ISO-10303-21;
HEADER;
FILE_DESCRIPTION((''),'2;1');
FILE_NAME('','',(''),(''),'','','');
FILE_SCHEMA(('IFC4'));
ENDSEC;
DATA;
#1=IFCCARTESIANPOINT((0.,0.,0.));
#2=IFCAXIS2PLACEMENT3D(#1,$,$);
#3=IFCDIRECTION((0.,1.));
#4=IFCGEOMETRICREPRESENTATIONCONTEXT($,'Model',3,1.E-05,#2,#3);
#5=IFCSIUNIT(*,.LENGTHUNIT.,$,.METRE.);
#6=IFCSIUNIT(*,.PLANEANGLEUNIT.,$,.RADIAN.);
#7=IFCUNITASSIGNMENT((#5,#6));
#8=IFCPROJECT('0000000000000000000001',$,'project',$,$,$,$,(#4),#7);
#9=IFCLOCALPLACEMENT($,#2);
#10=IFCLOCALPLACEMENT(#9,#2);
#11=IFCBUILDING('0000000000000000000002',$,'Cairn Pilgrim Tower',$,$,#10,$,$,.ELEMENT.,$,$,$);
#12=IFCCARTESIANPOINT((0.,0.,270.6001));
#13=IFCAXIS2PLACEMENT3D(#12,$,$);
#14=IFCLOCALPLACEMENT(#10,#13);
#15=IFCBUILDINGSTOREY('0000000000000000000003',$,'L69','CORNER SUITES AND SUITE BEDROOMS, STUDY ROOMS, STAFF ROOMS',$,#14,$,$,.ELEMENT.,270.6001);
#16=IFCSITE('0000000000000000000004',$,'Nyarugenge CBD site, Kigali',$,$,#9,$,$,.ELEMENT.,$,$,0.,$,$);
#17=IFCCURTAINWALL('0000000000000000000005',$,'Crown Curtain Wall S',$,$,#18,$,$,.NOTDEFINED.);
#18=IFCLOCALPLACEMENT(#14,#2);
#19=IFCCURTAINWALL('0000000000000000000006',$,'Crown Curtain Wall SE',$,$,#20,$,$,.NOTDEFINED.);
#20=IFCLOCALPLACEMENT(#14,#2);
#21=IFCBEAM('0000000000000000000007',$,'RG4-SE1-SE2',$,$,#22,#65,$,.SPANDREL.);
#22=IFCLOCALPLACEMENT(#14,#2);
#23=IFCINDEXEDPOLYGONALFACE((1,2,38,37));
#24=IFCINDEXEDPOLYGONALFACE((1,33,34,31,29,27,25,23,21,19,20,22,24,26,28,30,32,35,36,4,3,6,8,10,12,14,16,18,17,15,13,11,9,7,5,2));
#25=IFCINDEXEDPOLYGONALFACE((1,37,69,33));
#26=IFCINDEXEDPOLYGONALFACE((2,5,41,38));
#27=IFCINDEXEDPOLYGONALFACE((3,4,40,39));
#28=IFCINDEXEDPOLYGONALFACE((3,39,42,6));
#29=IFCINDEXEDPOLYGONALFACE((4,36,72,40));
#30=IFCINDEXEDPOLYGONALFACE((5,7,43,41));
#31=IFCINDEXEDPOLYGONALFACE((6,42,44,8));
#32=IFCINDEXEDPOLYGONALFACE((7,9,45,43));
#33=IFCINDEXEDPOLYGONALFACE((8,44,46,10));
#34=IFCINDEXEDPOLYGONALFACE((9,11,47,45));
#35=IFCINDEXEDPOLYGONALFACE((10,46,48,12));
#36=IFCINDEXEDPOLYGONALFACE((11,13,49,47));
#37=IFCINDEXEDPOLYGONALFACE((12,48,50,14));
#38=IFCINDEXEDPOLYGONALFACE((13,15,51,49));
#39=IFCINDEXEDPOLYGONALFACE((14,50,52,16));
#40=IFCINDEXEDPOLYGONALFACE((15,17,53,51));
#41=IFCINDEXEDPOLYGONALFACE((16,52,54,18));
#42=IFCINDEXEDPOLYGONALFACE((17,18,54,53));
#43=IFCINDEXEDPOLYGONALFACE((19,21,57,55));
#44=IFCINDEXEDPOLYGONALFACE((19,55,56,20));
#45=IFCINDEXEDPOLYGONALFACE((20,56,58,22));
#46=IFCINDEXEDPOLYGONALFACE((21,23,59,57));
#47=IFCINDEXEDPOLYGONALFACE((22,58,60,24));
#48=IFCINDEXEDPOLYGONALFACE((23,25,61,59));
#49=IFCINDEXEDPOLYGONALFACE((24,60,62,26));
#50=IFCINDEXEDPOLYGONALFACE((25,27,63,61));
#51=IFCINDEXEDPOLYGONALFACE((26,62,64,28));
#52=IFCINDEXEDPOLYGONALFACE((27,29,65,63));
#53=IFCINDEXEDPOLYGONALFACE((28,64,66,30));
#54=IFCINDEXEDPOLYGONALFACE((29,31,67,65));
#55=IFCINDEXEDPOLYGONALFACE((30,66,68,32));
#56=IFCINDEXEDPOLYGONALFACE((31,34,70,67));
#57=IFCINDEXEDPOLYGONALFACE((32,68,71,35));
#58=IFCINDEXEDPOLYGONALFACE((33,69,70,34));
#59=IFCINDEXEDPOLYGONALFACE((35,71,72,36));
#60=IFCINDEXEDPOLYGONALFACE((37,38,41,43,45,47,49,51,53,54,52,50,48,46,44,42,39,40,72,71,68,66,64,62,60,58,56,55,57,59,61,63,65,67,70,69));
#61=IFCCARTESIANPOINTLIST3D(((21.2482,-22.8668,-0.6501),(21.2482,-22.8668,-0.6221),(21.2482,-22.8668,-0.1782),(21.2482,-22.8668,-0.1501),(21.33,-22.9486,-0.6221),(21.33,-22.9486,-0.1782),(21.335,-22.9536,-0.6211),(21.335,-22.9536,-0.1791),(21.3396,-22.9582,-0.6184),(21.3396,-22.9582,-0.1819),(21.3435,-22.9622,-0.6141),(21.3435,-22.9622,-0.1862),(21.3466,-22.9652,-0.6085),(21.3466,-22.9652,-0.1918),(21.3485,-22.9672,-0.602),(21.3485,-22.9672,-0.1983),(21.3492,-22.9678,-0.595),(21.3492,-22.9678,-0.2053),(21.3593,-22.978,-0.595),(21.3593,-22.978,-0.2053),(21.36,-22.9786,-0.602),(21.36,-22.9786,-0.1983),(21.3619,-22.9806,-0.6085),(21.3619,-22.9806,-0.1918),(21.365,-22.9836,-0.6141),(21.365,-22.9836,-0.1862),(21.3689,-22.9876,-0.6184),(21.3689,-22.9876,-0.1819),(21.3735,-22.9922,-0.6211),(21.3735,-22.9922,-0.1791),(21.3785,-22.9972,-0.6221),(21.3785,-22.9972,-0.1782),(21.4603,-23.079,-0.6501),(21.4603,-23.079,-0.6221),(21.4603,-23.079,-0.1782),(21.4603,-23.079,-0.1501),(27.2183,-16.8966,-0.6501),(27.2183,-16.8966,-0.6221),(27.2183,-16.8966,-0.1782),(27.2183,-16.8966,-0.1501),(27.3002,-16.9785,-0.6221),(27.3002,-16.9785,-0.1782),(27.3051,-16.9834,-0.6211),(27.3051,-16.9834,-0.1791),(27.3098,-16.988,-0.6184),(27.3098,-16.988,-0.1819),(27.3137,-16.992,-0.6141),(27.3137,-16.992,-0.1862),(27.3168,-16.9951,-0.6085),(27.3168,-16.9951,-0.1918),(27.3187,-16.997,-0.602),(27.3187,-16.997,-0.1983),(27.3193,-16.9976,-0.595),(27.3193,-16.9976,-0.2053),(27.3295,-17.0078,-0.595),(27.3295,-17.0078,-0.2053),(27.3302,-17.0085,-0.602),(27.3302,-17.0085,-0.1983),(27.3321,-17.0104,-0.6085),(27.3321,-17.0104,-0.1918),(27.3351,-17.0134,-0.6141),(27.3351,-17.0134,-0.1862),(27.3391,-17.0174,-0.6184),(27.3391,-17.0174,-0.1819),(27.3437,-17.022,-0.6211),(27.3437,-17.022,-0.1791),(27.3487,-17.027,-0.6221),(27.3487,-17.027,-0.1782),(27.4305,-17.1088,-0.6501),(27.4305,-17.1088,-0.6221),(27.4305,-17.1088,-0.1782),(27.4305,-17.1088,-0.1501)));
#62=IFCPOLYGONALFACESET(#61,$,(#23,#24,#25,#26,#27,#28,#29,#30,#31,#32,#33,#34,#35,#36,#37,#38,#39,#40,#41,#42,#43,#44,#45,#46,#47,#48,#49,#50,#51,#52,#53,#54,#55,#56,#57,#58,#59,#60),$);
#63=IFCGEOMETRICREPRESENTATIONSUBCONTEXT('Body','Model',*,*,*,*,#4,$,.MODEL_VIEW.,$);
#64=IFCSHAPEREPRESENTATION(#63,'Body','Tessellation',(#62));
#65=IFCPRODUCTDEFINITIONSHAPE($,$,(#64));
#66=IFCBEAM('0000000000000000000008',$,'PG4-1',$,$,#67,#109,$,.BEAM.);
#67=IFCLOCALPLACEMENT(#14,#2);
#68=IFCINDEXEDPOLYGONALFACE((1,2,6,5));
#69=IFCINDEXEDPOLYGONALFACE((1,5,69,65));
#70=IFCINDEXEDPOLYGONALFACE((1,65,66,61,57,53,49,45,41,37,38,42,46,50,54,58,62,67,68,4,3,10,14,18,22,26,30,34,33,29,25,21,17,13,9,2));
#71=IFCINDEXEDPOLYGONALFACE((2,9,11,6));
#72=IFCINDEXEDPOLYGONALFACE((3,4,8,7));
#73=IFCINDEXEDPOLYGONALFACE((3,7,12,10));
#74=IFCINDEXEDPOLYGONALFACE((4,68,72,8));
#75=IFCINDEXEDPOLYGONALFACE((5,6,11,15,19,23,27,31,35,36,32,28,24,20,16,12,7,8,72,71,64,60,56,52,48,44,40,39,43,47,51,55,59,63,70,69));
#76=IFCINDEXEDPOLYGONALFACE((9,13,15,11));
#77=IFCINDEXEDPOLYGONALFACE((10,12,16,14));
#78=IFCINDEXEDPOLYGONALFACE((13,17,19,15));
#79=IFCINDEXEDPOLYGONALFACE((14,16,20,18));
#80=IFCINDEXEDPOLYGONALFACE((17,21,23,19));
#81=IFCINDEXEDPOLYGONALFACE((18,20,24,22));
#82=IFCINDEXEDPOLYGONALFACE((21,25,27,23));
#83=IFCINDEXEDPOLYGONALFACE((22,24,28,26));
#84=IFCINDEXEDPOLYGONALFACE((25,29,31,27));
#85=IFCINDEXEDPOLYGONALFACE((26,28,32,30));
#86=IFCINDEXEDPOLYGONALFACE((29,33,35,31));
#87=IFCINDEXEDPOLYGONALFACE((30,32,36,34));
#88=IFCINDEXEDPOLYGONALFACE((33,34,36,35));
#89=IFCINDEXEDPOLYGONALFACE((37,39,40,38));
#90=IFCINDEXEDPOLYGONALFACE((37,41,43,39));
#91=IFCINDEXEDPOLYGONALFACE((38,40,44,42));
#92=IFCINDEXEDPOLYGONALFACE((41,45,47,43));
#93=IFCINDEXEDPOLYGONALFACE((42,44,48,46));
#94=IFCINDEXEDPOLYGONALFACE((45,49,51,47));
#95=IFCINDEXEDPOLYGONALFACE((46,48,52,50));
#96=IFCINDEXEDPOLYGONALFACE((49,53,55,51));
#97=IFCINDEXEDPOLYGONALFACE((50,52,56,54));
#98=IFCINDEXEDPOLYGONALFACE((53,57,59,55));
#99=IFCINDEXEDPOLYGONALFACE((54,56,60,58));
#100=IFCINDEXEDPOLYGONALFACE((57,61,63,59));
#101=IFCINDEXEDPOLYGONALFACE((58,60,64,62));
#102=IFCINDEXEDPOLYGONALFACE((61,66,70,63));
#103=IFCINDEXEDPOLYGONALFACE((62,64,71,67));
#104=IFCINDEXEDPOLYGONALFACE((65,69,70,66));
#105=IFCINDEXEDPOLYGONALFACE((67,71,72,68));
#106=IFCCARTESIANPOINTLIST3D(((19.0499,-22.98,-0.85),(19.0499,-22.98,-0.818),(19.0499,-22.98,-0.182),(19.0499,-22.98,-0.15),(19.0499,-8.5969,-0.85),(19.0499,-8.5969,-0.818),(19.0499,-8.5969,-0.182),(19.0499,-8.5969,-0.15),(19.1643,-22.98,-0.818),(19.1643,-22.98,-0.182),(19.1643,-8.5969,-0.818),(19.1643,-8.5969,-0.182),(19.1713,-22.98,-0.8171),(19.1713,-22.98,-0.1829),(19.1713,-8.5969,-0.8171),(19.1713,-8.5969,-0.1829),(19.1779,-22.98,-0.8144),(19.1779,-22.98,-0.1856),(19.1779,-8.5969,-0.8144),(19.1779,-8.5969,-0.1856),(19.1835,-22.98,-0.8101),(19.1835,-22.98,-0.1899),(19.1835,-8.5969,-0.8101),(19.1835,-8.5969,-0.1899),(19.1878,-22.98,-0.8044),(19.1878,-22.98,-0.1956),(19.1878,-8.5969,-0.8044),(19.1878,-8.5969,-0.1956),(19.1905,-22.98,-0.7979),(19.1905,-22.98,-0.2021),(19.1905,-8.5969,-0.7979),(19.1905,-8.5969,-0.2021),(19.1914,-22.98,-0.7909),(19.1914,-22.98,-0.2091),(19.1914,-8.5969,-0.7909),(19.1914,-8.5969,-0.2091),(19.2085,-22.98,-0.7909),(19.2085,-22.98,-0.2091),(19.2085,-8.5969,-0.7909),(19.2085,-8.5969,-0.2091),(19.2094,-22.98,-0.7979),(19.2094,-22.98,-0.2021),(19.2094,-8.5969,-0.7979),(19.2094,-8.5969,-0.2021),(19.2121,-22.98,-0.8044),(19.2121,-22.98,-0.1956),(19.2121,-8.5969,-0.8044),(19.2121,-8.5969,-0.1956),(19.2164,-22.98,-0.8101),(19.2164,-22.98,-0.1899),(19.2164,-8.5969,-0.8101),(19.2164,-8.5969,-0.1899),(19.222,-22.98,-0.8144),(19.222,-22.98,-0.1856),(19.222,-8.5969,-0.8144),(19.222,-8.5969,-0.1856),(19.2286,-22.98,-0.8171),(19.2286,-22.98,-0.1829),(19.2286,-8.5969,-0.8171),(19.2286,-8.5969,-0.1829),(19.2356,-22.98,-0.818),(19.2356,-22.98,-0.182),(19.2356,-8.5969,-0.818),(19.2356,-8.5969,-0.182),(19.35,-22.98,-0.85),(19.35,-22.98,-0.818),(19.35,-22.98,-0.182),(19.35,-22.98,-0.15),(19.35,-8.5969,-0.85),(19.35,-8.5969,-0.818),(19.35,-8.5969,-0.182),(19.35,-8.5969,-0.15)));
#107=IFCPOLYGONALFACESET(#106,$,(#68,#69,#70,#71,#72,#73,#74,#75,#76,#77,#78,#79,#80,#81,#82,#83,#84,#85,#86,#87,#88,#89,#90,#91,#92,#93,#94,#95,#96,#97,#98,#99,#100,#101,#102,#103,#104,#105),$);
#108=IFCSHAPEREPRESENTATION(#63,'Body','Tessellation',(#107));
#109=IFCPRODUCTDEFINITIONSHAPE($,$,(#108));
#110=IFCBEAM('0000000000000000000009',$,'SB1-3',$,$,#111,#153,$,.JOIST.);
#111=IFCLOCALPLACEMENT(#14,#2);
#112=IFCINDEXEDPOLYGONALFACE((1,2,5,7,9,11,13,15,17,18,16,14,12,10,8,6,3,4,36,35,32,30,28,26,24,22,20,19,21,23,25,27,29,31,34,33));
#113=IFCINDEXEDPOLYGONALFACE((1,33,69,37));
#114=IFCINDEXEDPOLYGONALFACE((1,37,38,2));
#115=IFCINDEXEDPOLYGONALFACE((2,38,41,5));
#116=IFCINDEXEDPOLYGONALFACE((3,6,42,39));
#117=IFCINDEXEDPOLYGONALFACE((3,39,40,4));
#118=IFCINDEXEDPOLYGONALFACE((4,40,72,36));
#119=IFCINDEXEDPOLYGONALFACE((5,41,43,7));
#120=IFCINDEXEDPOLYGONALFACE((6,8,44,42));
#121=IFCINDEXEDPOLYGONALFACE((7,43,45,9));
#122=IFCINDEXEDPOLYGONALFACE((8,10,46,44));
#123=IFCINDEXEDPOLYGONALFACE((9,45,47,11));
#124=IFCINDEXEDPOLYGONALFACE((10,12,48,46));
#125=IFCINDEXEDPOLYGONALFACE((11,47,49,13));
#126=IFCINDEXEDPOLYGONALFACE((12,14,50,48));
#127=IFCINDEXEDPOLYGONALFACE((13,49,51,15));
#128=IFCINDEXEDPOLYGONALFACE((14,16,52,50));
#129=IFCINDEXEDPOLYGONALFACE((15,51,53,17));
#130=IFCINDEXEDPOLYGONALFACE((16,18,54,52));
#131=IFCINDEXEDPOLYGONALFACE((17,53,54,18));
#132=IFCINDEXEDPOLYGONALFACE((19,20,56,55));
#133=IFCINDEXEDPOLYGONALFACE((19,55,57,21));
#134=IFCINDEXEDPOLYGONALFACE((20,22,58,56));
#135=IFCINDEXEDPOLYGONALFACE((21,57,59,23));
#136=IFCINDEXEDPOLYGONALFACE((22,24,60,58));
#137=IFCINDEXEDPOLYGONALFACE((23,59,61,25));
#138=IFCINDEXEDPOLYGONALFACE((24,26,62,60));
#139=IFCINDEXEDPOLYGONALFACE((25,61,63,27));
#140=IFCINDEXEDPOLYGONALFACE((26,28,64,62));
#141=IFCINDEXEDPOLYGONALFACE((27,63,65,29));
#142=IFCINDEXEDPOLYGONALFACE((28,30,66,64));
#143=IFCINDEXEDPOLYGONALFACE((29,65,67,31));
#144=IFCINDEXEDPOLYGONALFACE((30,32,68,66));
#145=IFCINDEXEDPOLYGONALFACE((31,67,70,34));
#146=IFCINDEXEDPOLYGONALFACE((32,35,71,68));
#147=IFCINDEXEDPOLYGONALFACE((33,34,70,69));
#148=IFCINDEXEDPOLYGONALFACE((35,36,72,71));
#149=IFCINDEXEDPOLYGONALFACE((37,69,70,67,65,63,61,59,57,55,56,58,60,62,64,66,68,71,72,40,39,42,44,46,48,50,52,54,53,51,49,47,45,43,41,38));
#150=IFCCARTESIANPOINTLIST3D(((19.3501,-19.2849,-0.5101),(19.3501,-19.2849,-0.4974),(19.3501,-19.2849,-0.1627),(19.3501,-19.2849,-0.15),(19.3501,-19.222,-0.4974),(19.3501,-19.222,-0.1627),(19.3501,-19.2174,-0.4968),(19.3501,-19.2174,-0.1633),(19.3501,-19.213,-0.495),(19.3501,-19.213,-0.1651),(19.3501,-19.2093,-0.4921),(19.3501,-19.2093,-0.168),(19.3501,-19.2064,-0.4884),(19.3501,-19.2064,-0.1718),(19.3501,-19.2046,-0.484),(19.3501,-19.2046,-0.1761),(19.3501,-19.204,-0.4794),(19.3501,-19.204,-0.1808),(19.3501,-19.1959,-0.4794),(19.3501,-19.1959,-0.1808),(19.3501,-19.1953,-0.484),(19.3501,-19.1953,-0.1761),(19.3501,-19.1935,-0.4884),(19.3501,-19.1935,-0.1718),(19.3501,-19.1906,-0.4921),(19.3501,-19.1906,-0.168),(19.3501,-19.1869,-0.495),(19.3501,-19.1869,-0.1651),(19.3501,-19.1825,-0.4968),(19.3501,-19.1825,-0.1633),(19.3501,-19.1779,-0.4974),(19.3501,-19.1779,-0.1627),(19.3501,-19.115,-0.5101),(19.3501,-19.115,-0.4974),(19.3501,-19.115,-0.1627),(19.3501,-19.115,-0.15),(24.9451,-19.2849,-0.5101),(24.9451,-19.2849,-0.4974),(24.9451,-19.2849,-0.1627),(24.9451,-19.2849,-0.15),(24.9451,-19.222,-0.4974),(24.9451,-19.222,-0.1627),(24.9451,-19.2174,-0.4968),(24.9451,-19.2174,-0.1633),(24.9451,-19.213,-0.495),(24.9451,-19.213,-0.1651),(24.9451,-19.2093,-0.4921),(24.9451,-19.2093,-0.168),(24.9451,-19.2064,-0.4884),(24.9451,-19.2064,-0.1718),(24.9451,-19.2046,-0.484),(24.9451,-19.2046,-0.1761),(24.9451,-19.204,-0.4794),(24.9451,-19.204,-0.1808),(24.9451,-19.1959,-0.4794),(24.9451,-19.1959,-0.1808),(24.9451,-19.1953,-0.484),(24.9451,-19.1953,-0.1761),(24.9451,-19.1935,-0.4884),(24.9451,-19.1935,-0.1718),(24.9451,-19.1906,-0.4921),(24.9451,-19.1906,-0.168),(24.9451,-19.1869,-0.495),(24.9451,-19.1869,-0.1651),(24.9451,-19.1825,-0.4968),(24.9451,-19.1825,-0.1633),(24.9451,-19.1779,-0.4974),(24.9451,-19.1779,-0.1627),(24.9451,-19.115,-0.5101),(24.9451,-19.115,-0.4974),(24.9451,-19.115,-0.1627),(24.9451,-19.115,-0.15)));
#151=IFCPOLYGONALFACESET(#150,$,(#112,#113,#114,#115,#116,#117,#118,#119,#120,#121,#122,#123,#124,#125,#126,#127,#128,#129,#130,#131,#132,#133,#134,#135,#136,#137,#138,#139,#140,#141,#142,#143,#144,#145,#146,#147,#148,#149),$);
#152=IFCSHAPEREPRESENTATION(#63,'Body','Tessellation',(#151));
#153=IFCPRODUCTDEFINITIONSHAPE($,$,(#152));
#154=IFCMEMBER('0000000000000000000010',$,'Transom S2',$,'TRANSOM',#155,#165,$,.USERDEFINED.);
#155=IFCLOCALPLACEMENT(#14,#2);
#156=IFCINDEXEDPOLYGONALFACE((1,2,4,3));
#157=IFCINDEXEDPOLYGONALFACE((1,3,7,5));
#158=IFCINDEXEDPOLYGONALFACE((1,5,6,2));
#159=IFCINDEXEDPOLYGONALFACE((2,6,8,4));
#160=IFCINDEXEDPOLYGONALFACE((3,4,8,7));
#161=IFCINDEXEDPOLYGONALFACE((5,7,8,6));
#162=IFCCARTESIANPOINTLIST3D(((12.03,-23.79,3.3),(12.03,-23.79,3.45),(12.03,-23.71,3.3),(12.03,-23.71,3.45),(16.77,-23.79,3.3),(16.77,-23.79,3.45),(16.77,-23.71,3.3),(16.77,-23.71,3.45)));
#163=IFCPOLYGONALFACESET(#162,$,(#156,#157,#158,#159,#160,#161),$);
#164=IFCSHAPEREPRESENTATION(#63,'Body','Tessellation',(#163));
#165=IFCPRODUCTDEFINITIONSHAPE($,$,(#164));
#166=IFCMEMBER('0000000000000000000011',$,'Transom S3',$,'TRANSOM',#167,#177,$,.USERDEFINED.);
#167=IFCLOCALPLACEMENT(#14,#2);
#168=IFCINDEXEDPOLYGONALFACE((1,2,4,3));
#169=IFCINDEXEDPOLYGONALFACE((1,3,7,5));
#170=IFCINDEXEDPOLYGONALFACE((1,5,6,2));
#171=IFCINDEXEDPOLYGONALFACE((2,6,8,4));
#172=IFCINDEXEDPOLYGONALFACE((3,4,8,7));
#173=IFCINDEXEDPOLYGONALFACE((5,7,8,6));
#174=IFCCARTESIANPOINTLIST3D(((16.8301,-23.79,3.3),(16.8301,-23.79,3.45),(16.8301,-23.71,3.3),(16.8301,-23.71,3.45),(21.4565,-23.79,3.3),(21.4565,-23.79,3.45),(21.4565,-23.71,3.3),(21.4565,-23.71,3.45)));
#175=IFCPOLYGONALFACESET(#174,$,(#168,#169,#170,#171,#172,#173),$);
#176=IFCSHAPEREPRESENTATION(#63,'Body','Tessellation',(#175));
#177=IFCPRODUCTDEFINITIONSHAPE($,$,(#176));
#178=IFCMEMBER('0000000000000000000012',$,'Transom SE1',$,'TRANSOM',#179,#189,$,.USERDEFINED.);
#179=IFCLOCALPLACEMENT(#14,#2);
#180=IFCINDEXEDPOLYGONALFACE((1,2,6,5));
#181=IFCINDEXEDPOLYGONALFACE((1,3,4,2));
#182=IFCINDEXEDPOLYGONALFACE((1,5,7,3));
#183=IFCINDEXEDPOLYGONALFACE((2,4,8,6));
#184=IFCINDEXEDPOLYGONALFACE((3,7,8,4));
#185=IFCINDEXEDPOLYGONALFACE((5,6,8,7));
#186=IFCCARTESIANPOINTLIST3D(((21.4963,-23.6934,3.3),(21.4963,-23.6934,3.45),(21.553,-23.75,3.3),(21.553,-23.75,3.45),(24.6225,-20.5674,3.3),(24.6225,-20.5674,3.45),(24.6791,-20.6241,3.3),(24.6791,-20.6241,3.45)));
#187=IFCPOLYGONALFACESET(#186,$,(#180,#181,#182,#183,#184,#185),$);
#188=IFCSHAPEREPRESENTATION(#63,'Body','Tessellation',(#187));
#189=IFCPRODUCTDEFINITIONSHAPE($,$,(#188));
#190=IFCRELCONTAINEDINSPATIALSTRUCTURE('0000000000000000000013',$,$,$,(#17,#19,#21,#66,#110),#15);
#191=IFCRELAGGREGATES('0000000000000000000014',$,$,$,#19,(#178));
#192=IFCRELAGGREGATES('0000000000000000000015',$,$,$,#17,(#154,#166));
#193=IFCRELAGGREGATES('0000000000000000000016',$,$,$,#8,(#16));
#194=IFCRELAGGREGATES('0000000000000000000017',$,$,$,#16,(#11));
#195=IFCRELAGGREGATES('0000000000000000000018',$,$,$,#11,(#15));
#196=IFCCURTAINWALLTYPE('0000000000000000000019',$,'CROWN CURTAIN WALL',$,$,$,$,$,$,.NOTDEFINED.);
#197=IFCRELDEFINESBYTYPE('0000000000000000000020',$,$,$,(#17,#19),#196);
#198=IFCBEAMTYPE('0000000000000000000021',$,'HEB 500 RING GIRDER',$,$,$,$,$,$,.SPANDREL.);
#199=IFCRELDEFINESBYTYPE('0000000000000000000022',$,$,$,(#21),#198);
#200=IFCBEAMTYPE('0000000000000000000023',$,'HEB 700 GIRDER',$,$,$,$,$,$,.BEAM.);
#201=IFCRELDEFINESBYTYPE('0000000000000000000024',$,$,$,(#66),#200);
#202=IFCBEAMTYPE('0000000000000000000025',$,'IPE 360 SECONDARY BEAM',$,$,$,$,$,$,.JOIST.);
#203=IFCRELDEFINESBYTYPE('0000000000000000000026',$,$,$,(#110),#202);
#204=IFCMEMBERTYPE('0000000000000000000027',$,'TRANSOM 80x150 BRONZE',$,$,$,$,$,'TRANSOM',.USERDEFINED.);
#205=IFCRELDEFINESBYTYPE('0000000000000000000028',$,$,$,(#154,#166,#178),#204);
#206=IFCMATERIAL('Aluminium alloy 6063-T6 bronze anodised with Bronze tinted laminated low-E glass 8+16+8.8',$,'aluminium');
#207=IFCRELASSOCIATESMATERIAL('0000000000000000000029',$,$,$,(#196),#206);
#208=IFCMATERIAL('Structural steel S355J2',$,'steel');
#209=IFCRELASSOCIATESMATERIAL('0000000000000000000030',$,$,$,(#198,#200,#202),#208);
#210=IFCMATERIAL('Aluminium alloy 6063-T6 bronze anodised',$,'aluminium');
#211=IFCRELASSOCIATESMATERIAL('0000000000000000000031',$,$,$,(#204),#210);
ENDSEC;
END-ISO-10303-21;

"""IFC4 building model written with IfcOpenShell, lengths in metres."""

from ifc_helpers import new_model, si_unit, direction, frame, origin, origin_2d, place, context, subcontext, project, spatial, rectangle, i_section, extrude, material, material_profile, profile_set, type_object, element, aggregate, save


model = new_model("IFC4")

# Units and contexts
model_context = context("Model", 3, precision=1e-05, world=origin(), true_north=direction((0.0, 1.0)))
body_context = subcontext(model_context, "Body", "Model", "MODEL_VIEW")
ifc_project = project(units=[si_unit("LENGTHUNIT", "METRE"), si_unit("PLANEANGLEUNIT", "RADIAN")], contexts=[model_context])

# Site, building, storey
site_placement = place(None, origin())
site = spatial("IfcSite", under=ifc_project, at=site_placement, Name="Nyarugenge CBD site, Kigali", CompositionType="ELEMENT", RefElevation=0.0)
building_placement = place(site_placement, origin())
building = spatial("IfcBuilding", under=site, at=building_placement, Name="Cairn Pilgrim Tower", CompositionType="ELEMENT")
storey_placement = place(building_placement, frame((0.0, 0.0, 270.6001)))
storey = spatial("IfcBuildingStorey", under=building, at=storey_placement, Name="L69", Description="CORNER SUITES AND SUITE BEDROOMS, STUDY ROOMS, STAFF ROOMS", CompositionType="ELEMENT", Elevation=270.6001)

# Shared definitions
ifc_material_1 = material(Name="Structural steel S355J2", Category="steel")

# Curtain wall
ifc_material_2 = material(Name="Aluminium alloy 6063-T6 bronze anodised with Bronze tinted laminated low-E glass 8+16+8.8", Category="aluminium")
curtain_wall_type = type_object("IfcCurtainWallType", Name="CROWN CURTAIN WALL", PredefinedType="NOTDEFINED", material=ifc_material_2)
curtain_wall_1_placement = place(storey_placement, origin())
curtain_wall_1 = element("IfcCurtainWall", 1, at=curtain_wall_1_placement, inside=storey, type_object=curtain_wall_type, Name="Crown Curtain Wall S", PredefinedType="NOTDEFINED")
ifc_material_3 = material(Name="Aluminium alloy 6063-T6 bronze anodised", Category="aluminium")

# Curtain wall
curtain_wall_2_placement = place(storey_placement, origin())
curtain_wall_2 = element("IfcCurtainWall", 2, at=curtain_wall_2_placement, inside=storey, type_object=curtain_wall_type, Name="Crown Curtain Wall SE", PredefinedType="NOTDEFINED")

# Beams
ifc_material_profile_1 = material_profile(ifc_material_1, i_section(OverallWidth=0.3, OverallDepth=0.5, WebThickness=0.0144, FlangeThickness=0.0281, FilletRadius=0.0271, at=origin_2d()), Name="HEB 500")
ifc_profile_set_1 = profile_set([ifc_material_profile_1], Name="Structural steel S355J2")
beam_type_1 = type_object("IfcBeamType", Name="HEB 500 RING GIRDER", PredefinedType="SPANDREL", material=ifc_profile_set_1)
beam_1_placement = place(storey_placement, frame((21.3542, -22.9729, -0.4001), z_axis=(0.707107, 0.707107, 0.0), x_axis=(-0.707107, 0.707107, 0.0)))
element("IfcBeam", 3, at=beam_1_placement, inside=storey, type_object=beam_type_1, Name="RG4-SE1-SE2", PredefinedType="SPANDREL", context=body_context, shape_type="SweptSolid", body=[
    extrude(i_section(OverallWidth=0.3, OverallDepth=0.5, WebThickness=0.0144, FlangeThickness=0.0281, FilletRadius=0.0271, at=origin_2d()), origin(), (0.0, 0.0, 1.0), 8.4431),
])
ifc_material_profile_2 = material_profile(ifc_material_1, i_section(OverallWidth=0.3, OverallDepth=0.7, WebThickness=0.0171, FlangeThickness=0.032, FilletRadius=0.0271, at=origin_2d()), Name="HEB 700")
ifc_profile_set_2 = profile_set([ifc_material_profile_2], Name="Structural steel S355J2")
beam_type_2 = type_object("IfcBeamType", Name="HEB 700 GIRDER", PredefinedType="BEAM", material=ifc_profile_set_2)
beam_2_placement = place(storey_placement, frame((19.2, -22.98, -0.5), z_axis=(0.0, 1.0, 0.0), x_axis=(-1.0, 0.0, 0.0)))
element("IfcBeam", 4, at=beam_2_placement, inside=storey, type_object=beam_type_2, Name="PG4-1", PredefinedType="BEAM", context=body_context, shape_type="SweptSolid", body=[
    extrude(i_section(OverallWidth=0.3, OverallDepth=0.7, WebThickness=0.0171, FlangeThickness=0.032, FilletRadius=0.0271, at=origin_2d()), origin(), (0.0, 0.0, 1.0), 14.3831),
])
ifc_material_profile_3 = material_profile(ifc_material_1, i_section(OverallWidth=0.1699, OverallDepth=0.3601, WebThickness=0.0081, FlangeThickness=0.0127, FilletRadius=0.0181, at=origin_2d()), Name="IPE 360")
ifc_profile_set_3 = profile_set([ifc_material_profile_3], Name="Structural steel S355J2")
beam_type_3 = type_object("IfcBeamType", Name="IPE 360 SECONDARY BEAM", PredefinedType="JOIST", material=ifc_profile_set_3)
beam_3_placement = place(storey_placement, frame((19.3501, -19.2, -0.3301), z_axis=(1.0, 0.0, 0.0), x_axis=(0.0, 1.0, 0.0)))
element("IfcBeam", 5, at=beam_3_placement, inside=storey, type_object=beam_type_3, Name="SB1-3", PredefinedType="JOIST", context=body_context, shape_type="SweptSolid", body=[
    extrude(i_section(OverallWidth=0.1699, OverallDepth=0.3601, WebThickness=0.0081, FlangeThickness=0.0127, FilletRadius=0.0181, at=origin_2d()), origin(), (0.0, 0.0, 1.0), 5.595),
])

# Members
ifc_material_profile_4 = material_profile(ifc_material_3, rectangle(XDim=0.0801, YDim=0.1499, at=origin_2d()), Name="TRANSOM 80x150 BRONZE")
ifc_profile_set_4 = profile_set([ifc_material_profile_4], Name="Aluminium alloy 6063-T6 bronze anodised")
member_type_1 = type_object("IfcMemberType", Name="TRANSOM 80x150 BRONZE", ElementType="TRANSOM", PredefinedType="USERDEFINED", material=ifc_profile_set_4)
member_1_placement = place(storey_placement, frame((12.03, -23.75, 3.375), z_axis=(1.0, 0.0, 0.0), x_axis=(0.0, 1.0, 0.0)))
member_1 = element("IfcMember", 6, at=member_1_placement, type_object=member_type_1, Name="Transom S2", ObjectType="TRANSOM", PredefinedType="USERDEFINED", context=body_context, shape_type="SweptSolid", body=[
    extrude(rectangle(XDim=0.0801, YDim=0.1499, at=origin_2d()), origin(), (0.0, 0.0, 1.0), 4.74),
])
member_2_placement = place(storey_placement, frame((16.8301, -23.75, 3.375), z_axis=(1.0, 0.0, 0.0), x_axis=(0.0, 1.0, 0.0)))
member_2 = element("IfcMember", 7, at=member_2_placement, type_object=member_type_1, Name="Transom S3", ObjectType="TRANSOM", PredefinedType="USERDEFINED", context=body_context, shape_type="SweptSolid", body=[
    extrude(rectangle(XDim=0.0801, YDim=0.1499, at=origin_2d()), origin(), (0.0, 0.0, 1.0), 4.6265),
])
member_3_placement = place(storey_placement, frame((21.5247, -23.7217, 3.375), z_axis=(0.707134, 0.707079, 0.0), x_axis=(-0.707079, 0.707134, 0.0)))
member_3 = element("IfcMember", 8, at=member_3_placement, type_object=member_type_1, Name="Transom SE1", ObjectType="TRANSOM", PredefinedType="USERDEFINED", context=body_context, shape_type="SweptSolid", body=[
    extrude(rectangle(XDim=0.0801, YDim=0.1499, at=origin_2d()), origin(), (0.0, 0.0, 1.0), 4.4209),
])
aggregate(curtain_wall_2, [member_3])

aggregate(curtain_wall_1, [member_1, member_2])

save(model, "model.ifc")
